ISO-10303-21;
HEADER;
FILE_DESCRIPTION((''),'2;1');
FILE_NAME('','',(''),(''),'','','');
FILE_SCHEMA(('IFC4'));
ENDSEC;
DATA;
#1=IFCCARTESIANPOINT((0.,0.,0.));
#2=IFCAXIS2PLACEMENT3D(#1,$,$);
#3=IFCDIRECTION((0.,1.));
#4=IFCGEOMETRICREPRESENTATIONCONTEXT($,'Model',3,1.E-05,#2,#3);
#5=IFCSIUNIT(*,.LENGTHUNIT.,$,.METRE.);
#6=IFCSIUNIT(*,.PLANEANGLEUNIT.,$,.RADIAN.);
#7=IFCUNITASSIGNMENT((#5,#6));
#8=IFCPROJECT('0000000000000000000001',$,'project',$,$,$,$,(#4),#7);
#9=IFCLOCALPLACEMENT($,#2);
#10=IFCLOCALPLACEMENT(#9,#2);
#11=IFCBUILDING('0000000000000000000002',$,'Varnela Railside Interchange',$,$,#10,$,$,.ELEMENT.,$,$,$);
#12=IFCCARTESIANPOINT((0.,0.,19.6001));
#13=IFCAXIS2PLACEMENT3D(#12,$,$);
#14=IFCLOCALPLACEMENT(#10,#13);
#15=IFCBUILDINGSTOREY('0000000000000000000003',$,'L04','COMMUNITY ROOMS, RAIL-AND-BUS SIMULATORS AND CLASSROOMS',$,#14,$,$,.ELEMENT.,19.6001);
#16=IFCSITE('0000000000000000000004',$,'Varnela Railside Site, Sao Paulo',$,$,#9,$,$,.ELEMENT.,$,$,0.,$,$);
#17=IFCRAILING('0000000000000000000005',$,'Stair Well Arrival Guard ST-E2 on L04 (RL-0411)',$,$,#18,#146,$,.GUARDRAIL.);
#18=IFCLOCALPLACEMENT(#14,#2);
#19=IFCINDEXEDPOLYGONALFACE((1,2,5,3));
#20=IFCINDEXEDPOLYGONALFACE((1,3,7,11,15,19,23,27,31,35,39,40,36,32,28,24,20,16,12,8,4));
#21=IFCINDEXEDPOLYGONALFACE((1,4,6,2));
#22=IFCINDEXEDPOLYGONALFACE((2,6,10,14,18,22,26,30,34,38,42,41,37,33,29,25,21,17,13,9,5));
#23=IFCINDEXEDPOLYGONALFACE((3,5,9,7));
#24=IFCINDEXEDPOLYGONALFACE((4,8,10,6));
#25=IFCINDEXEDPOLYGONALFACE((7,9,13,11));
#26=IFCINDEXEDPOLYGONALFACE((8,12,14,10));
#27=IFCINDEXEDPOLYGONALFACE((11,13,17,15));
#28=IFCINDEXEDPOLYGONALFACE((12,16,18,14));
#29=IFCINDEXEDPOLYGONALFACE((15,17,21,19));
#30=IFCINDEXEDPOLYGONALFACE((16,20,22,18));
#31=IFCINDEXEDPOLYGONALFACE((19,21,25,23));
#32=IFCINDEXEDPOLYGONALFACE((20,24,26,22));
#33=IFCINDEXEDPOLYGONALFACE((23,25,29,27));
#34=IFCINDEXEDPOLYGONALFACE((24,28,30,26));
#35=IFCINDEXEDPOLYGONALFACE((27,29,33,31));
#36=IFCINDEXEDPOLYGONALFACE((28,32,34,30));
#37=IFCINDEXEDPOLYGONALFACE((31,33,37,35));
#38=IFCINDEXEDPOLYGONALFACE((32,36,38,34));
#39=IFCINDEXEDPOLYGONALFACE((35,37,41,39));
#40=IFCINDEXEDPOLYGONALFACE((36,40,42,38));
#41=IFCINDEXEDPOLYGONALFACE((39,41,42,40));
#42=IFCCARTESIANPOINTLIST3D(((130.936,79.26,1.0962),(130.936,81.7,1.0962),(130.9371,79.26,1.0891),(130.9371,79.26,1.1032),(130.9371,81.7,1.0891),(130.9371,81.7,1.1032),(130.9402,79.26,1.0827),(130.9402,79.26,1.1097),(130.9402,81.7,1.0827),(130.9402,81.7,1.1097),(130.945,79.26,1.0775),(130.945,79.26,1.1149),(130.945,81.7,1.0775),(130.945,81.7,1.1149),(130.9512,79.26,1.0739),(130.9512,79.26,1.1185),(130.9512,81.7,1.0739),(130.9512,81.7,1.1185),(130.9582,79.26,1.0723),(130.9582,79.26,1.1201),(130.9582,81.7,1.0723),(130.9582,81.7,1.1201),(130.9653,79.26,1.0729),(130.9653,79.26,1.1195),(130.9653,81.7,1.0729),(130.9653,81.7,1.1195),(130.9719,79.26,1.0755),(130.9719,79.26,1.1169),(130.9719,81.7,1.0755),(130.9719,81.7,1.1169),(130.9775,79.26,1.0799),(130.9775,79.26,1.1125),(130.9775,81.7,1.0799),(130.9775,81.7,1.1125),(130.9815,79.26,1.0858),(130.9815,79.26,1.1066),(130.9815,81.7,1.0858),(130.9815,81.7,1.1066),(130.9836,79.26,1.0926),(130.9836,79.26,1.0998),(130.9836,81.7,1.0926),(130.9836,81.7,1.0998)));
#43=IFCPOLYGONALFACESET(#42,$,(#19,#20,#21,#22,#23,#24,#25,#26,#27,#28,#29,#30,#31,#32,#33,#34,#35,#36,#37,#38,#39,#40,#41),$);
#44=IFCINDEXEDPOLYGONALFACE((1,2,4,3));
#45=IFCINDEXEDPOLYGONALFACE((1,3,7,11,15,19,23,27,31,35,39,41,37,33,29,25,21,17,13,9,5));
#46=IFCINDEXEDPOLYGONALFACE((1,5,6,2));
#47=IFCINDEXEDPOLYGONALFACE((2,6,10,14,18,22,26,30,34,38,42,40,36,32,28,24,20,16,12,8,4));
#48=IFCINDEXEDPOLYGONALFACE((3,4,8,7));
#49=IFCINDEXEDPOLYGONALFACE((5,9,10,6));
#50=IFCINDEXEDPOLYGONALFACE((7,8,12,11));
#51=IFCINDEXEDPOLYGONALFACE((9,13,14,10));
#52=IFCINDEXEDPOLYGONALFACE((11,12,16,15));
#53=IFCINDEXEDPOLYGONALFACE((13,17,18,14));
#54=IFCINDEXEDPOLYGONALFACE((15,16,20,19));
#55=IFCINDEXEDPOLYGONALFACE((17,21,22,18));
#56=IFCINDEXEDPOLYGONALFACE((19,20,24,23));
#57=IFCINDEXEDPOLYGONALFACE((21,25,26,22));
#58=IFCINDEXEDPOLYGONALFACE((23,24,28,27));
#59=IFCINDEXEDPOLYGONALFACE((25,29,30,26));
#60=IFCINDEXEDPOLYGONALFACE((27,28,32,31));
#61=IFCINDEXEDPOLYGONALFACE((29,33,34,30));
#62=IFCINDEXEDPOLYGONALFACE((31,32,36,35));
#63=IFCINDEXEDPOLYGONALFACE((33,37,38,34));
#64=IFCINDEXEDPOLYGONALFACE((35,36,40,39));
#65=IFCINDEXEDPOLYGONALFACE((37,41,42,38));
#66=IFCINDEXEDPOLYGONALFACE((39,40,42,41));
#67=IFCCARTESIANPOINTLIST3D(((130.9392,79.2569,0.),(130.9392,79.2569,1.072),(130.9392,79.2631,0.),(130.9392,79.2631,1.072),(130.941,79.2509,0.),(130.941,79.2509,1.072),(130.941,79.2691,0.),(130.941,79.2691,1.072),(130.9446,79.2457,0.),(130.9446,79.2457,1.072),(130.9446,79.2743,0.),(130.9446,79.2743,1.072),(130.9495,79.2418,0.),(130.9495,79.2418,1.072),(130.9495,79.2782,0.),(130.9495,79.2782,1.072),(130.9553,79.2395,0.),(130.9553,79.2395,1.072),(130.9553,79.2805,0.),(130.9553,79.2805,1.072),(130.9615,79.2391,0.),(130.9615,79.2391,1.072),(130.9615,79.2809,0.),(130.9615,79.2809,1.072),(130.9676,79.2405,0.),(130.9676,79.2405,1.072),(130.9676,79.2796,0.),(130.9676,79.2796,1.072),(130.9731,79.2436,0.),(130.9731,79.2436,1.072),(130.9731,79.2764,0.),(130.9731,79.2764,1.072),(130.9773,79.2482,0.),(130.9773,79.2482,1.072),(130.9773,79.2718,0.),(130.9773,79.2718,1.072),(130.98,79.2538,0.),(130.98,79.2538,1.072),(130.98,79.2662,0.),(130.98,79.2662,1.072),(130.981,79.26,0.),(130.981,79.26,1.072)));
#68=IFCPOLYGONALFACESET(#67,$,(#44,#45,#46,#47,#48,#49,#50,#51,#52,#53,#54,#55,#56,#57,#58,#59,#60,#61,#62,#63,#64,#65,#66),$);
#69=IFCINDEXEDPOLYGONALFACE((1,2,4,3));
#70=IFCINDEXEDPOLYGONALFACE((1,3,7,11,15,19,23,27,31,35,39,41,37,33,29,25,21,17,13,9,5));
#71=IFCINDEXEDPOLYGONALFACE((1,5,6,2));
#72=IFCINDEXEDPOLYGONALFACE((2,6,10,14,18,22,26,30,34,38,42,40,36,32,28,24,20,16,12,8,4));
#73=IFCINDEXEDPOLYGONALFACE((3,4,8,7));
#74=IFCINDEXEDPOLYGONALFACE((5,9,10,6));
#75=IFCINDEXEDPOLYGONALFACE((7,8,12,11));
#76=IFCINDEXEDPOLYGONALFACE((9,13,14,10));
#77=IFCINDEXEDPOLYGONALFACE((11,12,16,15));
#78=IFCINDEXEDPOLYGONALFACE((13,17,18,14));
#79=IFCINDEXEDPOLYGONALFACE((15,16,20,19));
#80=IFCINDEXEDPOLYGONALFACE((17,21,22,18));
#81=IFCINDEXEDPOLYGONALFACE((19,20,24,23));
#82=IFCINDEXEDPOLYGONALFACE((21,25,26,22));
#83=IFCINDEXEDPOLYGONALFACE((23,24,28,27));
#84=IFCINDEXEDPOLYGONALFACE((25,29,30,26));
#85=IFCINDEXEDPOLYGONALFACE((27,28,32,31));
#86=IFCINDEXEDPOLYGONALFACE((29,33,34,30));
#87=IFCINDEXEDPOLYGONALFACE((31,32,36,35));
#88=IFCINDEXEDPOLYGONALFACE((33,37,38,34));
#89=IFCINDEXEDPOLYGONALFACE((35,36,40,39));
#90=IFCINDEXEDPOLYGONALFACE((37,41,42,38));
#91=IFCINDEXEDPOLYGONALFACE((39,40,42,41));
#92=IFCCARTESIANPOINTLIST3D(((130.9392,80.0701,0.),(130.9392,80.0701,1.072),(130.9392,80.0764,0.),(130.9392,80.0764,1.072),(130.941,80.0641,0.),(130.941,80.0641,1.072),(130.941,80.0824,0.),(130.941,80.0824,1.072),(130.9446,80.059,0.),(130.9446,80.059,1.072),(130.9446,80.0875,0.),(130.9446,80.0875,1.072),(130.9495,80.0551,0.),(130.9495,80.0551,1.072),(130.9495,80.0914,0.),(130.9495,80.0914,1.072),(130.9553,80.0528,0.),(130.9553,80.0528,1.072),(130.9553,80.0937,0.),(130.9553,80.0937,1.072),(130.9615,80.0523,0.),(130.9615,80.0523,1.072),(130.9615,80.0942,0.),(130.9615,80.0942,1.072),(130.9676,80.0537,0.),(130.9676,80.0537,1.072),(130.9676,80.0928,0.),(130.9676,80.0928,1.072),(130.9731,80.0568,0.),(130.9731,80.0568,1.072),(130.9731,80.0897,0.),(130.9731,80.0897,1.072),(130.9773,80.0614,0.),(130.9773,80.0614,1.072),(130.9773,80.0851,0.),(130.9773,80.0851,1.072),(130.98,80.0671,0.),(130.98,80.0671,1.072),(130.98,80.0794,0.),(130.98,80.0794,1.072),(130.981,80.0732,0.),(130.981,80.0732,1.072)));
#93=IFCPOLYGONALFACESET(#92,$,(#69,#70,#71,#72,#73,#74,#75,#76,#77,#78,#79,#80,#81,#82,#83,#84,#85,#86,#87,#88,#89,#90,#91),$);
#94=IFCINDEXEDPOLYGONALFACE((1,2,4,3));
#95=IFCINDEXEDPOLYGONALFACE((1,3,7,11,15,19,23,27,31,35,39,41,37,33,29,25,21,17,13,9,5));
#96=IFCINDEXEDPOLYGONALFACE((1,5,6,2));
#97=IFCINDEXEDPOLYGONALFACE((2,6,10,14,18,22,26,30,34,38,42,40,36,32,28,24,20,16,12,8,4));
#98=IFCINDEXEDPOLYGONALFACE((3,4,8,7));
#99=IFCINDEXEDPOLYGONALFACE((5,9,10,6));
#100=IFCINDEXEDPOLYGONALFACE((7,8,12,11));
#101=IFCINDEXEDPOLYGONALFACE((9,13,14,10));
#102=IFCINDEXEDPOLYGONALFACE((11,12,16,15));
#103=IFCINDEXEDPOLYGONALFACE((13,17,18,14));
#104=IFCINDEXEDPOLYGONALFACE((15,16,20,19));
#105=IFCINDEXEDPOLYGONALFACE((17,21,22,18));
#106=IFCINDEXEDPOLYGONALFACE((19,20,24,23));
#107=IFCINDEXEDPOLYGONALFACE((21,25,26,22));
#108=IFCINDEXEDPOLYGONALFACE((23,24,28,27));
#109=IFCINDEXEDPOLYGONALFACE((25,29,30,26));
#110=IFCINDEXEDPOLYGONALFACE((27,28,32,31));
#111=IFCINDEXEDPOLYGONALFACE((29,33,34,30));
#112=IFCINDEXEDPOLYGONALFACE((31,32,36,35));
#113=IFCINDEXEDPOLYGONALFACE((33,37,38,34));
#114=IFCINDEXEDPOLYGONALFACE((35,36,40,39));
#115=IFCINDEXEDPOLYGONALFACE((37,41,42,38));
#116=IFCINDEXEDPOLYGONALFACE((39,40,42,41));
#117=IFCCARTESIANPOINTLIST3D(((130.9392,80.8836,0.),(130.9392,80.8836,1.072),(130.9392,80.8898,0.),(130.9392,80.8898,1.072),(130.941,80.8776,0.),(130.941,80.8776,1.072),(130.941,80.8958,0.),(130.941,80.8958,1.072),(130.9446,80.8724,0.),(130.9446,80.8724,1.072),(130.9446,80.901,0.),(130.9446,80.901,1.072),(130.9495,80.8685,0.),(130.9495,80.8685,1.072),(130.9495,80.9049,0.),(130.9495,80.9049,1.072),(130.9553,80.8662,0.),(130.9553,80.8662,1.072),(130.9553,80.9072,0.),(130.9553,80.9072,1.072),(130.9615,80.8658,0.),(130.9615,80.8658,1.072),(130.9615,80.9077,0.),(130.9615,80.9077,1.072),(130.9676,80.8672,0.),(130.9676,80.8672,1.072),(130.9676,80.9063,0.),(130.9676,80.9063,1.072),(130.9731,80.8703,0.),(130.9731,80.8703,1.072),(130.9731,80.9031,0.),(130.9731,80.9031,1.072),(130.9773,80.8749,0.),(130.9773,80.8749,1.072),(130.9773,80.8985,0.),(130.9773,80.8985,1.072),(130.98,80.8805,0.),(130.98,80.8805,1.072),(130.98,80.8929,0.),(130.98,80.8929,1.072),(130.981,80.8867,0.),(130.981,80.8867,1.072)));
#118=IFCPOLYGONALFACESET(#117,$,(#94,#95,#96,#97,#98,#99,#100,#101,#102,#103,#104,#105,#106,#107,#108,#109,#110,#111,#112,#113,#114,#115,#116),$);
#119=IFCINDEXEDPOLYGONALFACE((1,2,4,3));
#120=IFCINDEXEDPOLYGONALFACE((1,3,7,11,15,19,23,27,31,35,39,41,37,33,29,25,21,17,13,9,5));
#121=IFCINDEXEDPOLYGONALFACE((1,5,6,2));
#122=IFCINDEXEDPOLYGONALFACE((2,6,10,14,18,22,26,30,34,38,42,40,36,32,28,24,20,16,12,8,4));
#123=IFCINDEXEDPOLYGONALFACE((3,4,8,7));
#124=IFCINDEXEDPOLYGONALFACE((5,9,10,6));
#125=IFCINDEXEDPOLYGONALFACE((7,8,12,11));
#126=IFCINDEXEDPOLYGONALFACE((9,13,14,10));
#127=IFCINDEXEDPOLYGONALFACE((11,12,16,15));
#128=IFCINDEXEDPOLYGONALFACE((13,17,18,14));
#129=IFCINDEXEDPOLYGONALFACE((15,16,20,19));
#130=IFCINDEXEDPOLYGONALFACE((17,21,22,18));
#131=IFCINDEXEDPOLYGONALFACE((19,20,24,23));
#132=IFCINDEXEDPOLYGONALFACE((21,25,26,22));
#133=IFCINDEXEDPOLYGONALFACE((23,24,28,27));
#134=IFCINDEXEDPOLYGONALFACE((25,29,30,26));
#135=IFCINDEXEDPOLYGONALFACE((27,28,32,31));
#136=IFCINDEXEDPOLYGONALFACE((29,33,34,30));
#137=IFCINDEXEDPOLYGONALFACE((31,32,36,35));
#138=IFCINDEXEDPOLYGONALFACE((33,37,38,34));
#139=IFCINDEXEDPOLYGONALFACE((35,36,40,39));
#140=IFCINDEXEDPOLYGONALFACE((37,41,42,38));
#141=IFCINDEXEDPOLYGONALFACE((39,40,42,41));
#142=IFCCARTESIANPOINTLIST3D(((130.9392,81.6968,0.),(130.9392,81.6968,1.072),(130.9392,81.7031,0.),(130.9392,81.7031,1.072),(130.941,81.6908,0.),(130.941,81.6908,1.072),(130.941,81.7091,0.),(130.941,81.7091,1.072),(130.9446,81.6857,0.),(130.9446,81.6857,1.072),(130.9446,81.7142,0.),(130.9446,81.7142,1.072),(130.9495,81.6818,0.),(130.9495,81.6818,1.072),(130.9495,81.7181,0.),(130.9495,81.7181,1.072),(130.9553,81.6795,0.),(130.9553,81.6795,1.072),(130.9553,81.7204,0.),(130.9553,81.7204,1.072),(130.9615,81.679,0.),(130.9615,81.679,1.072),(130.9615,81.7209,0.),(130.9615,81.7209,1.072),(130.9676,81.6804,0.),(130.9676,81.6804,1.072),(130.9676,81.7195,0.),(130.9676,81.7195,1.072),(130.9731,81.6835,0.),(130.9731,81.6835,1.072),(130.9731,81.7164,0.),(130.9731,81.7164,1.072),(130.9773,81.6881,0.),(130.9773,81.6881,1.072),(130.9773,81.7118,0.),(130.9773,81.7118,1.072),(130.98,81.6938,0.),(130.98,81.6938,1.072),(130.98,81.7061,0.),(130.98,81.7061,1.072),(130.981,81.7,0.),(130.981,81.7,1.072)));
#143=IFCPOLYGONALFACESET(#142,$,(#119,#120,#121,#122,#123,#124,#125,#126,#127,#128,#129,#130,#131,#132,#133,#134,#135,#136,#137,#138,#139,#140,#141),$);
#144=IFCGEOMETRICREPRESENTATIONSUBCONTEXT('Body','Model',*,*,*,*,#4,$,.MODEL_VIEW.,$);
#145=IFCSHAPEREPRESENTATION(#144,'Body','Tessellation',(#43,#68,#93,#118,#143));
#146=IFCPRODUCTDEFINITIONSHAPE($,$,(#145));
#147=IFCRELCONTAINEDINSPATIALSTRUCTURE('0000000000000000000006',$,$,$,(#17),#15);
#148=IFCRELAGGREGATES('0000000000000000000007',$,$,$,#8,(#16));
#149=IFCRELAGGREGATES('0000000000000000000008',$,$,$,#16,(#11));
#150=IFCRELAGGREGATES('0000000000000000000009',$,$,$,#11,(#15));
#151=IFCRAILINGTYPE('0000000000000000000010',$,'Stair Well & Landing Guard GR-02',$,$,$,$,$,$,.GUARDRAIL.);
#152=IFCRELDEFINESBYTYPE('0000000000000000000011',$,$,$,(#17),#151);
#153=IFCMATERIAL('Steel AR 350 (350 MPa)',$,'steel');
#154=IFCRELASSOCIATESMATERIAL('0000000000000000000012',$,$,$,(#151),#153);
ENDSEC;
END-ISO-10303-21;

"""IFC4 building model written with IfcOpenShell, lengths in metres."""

from ifc_helpers import new_model, si_unit, direction, frame, origin, origin_2d, place, context, subcontext, project, spatial, circle, extrude, material, type_object, element, save


model = new_model("IFC4")

# Units and contexts
model_context = context("Model", 3, precision=1e-05, world=origin(), true_north=direction((0.0, 1.0)))
body_context = subcontext(model_context, "Body", "Model", "MODEL_VIEW")
ifc_project = project(units=[si_unit("LENGTHUNIT", "METRE"), si_unit("PLANEANGLEUNIT", "RADIAN")], contexts=[model_context])

# Site, building, storey
site_placement = place(None, origin())
site = spatial("IfcSite", under=ifc_project, at=site_placement, Name="Varnela Railside Site, Sao Paulo", CompositionType="ELEMENT", RefElevation=0.0)
building_placement = place(site_placement, origin())
building = spatial("IfcBuilding", under=site, at=building_placement, Name="Varnela Railside Interchange", CompositionType="ELEMENT")
storey_placement = place(building_placement, frame((0.0, 0.0, 19.6001)))
storey = spatial("IfcBuildingStorey", under=building, at=storey_placement, Name="L04", Description="COMMUNITY ROOMS, RAIL-AND-BUS SIMULATORS AND CLASSROOMS", CompositionType="ELEMENT", Elevation=19.6001)

# Shared definitions
ifc_material_1 = material(Name="Steel AR 350 (350 MPa)", Category="steel")

# Railing
railing_type = type_object("IfcRailingType", Name="Stair Well & Landing Guard GR-02", PredefinedType="GUARDRAIL", material=ifc_material_1)
railing_placement = place(storey_placement, frame((130.96, 79.26, 0.0)))
element("IfcRailing", 1, at=railing_placement, inside=storey, type_object=railing_type, Name="Stair Well Arrival Guard ST-E2 on L04 (RL-0411)", PredefinedType="GUARDRAIL", context=body_context, shape_type="SweptSolid", body=[
    extrude(circle(Radius=0.0239, at=origin_2d()), frame((0.0, 0.0, 1.0962), z_axis=(0.0, 1.0, 0.0), x_axis=(-1.0, 0.0, 0.0)), (0.0, 0.0, 1.0), 2.4399),
    extrude(circle(Radius=0.021, at=origin_2d()), origin(), (0.0, 0.0, 1.0), 1.072),
    extrude(circle(Radius=0.021, at=origin_2d()), frame((0.0, 0.8132, 0.0)), (0.0, 0.0, 1.0), 1.072),
    extrude(circle(Radius=0.021, at=origin_2d()), frame((0.0, 1.6267, 0.0)), (0.0, 0.0, 1.0), 1.072),
    extrude(circle(Radius=0.021, at=origin_2d()), frame((0.0, 2.4399, 0.0)), (0.0, 0.0, 1.0), 1.072),
])

save(model, "model.ifc")
